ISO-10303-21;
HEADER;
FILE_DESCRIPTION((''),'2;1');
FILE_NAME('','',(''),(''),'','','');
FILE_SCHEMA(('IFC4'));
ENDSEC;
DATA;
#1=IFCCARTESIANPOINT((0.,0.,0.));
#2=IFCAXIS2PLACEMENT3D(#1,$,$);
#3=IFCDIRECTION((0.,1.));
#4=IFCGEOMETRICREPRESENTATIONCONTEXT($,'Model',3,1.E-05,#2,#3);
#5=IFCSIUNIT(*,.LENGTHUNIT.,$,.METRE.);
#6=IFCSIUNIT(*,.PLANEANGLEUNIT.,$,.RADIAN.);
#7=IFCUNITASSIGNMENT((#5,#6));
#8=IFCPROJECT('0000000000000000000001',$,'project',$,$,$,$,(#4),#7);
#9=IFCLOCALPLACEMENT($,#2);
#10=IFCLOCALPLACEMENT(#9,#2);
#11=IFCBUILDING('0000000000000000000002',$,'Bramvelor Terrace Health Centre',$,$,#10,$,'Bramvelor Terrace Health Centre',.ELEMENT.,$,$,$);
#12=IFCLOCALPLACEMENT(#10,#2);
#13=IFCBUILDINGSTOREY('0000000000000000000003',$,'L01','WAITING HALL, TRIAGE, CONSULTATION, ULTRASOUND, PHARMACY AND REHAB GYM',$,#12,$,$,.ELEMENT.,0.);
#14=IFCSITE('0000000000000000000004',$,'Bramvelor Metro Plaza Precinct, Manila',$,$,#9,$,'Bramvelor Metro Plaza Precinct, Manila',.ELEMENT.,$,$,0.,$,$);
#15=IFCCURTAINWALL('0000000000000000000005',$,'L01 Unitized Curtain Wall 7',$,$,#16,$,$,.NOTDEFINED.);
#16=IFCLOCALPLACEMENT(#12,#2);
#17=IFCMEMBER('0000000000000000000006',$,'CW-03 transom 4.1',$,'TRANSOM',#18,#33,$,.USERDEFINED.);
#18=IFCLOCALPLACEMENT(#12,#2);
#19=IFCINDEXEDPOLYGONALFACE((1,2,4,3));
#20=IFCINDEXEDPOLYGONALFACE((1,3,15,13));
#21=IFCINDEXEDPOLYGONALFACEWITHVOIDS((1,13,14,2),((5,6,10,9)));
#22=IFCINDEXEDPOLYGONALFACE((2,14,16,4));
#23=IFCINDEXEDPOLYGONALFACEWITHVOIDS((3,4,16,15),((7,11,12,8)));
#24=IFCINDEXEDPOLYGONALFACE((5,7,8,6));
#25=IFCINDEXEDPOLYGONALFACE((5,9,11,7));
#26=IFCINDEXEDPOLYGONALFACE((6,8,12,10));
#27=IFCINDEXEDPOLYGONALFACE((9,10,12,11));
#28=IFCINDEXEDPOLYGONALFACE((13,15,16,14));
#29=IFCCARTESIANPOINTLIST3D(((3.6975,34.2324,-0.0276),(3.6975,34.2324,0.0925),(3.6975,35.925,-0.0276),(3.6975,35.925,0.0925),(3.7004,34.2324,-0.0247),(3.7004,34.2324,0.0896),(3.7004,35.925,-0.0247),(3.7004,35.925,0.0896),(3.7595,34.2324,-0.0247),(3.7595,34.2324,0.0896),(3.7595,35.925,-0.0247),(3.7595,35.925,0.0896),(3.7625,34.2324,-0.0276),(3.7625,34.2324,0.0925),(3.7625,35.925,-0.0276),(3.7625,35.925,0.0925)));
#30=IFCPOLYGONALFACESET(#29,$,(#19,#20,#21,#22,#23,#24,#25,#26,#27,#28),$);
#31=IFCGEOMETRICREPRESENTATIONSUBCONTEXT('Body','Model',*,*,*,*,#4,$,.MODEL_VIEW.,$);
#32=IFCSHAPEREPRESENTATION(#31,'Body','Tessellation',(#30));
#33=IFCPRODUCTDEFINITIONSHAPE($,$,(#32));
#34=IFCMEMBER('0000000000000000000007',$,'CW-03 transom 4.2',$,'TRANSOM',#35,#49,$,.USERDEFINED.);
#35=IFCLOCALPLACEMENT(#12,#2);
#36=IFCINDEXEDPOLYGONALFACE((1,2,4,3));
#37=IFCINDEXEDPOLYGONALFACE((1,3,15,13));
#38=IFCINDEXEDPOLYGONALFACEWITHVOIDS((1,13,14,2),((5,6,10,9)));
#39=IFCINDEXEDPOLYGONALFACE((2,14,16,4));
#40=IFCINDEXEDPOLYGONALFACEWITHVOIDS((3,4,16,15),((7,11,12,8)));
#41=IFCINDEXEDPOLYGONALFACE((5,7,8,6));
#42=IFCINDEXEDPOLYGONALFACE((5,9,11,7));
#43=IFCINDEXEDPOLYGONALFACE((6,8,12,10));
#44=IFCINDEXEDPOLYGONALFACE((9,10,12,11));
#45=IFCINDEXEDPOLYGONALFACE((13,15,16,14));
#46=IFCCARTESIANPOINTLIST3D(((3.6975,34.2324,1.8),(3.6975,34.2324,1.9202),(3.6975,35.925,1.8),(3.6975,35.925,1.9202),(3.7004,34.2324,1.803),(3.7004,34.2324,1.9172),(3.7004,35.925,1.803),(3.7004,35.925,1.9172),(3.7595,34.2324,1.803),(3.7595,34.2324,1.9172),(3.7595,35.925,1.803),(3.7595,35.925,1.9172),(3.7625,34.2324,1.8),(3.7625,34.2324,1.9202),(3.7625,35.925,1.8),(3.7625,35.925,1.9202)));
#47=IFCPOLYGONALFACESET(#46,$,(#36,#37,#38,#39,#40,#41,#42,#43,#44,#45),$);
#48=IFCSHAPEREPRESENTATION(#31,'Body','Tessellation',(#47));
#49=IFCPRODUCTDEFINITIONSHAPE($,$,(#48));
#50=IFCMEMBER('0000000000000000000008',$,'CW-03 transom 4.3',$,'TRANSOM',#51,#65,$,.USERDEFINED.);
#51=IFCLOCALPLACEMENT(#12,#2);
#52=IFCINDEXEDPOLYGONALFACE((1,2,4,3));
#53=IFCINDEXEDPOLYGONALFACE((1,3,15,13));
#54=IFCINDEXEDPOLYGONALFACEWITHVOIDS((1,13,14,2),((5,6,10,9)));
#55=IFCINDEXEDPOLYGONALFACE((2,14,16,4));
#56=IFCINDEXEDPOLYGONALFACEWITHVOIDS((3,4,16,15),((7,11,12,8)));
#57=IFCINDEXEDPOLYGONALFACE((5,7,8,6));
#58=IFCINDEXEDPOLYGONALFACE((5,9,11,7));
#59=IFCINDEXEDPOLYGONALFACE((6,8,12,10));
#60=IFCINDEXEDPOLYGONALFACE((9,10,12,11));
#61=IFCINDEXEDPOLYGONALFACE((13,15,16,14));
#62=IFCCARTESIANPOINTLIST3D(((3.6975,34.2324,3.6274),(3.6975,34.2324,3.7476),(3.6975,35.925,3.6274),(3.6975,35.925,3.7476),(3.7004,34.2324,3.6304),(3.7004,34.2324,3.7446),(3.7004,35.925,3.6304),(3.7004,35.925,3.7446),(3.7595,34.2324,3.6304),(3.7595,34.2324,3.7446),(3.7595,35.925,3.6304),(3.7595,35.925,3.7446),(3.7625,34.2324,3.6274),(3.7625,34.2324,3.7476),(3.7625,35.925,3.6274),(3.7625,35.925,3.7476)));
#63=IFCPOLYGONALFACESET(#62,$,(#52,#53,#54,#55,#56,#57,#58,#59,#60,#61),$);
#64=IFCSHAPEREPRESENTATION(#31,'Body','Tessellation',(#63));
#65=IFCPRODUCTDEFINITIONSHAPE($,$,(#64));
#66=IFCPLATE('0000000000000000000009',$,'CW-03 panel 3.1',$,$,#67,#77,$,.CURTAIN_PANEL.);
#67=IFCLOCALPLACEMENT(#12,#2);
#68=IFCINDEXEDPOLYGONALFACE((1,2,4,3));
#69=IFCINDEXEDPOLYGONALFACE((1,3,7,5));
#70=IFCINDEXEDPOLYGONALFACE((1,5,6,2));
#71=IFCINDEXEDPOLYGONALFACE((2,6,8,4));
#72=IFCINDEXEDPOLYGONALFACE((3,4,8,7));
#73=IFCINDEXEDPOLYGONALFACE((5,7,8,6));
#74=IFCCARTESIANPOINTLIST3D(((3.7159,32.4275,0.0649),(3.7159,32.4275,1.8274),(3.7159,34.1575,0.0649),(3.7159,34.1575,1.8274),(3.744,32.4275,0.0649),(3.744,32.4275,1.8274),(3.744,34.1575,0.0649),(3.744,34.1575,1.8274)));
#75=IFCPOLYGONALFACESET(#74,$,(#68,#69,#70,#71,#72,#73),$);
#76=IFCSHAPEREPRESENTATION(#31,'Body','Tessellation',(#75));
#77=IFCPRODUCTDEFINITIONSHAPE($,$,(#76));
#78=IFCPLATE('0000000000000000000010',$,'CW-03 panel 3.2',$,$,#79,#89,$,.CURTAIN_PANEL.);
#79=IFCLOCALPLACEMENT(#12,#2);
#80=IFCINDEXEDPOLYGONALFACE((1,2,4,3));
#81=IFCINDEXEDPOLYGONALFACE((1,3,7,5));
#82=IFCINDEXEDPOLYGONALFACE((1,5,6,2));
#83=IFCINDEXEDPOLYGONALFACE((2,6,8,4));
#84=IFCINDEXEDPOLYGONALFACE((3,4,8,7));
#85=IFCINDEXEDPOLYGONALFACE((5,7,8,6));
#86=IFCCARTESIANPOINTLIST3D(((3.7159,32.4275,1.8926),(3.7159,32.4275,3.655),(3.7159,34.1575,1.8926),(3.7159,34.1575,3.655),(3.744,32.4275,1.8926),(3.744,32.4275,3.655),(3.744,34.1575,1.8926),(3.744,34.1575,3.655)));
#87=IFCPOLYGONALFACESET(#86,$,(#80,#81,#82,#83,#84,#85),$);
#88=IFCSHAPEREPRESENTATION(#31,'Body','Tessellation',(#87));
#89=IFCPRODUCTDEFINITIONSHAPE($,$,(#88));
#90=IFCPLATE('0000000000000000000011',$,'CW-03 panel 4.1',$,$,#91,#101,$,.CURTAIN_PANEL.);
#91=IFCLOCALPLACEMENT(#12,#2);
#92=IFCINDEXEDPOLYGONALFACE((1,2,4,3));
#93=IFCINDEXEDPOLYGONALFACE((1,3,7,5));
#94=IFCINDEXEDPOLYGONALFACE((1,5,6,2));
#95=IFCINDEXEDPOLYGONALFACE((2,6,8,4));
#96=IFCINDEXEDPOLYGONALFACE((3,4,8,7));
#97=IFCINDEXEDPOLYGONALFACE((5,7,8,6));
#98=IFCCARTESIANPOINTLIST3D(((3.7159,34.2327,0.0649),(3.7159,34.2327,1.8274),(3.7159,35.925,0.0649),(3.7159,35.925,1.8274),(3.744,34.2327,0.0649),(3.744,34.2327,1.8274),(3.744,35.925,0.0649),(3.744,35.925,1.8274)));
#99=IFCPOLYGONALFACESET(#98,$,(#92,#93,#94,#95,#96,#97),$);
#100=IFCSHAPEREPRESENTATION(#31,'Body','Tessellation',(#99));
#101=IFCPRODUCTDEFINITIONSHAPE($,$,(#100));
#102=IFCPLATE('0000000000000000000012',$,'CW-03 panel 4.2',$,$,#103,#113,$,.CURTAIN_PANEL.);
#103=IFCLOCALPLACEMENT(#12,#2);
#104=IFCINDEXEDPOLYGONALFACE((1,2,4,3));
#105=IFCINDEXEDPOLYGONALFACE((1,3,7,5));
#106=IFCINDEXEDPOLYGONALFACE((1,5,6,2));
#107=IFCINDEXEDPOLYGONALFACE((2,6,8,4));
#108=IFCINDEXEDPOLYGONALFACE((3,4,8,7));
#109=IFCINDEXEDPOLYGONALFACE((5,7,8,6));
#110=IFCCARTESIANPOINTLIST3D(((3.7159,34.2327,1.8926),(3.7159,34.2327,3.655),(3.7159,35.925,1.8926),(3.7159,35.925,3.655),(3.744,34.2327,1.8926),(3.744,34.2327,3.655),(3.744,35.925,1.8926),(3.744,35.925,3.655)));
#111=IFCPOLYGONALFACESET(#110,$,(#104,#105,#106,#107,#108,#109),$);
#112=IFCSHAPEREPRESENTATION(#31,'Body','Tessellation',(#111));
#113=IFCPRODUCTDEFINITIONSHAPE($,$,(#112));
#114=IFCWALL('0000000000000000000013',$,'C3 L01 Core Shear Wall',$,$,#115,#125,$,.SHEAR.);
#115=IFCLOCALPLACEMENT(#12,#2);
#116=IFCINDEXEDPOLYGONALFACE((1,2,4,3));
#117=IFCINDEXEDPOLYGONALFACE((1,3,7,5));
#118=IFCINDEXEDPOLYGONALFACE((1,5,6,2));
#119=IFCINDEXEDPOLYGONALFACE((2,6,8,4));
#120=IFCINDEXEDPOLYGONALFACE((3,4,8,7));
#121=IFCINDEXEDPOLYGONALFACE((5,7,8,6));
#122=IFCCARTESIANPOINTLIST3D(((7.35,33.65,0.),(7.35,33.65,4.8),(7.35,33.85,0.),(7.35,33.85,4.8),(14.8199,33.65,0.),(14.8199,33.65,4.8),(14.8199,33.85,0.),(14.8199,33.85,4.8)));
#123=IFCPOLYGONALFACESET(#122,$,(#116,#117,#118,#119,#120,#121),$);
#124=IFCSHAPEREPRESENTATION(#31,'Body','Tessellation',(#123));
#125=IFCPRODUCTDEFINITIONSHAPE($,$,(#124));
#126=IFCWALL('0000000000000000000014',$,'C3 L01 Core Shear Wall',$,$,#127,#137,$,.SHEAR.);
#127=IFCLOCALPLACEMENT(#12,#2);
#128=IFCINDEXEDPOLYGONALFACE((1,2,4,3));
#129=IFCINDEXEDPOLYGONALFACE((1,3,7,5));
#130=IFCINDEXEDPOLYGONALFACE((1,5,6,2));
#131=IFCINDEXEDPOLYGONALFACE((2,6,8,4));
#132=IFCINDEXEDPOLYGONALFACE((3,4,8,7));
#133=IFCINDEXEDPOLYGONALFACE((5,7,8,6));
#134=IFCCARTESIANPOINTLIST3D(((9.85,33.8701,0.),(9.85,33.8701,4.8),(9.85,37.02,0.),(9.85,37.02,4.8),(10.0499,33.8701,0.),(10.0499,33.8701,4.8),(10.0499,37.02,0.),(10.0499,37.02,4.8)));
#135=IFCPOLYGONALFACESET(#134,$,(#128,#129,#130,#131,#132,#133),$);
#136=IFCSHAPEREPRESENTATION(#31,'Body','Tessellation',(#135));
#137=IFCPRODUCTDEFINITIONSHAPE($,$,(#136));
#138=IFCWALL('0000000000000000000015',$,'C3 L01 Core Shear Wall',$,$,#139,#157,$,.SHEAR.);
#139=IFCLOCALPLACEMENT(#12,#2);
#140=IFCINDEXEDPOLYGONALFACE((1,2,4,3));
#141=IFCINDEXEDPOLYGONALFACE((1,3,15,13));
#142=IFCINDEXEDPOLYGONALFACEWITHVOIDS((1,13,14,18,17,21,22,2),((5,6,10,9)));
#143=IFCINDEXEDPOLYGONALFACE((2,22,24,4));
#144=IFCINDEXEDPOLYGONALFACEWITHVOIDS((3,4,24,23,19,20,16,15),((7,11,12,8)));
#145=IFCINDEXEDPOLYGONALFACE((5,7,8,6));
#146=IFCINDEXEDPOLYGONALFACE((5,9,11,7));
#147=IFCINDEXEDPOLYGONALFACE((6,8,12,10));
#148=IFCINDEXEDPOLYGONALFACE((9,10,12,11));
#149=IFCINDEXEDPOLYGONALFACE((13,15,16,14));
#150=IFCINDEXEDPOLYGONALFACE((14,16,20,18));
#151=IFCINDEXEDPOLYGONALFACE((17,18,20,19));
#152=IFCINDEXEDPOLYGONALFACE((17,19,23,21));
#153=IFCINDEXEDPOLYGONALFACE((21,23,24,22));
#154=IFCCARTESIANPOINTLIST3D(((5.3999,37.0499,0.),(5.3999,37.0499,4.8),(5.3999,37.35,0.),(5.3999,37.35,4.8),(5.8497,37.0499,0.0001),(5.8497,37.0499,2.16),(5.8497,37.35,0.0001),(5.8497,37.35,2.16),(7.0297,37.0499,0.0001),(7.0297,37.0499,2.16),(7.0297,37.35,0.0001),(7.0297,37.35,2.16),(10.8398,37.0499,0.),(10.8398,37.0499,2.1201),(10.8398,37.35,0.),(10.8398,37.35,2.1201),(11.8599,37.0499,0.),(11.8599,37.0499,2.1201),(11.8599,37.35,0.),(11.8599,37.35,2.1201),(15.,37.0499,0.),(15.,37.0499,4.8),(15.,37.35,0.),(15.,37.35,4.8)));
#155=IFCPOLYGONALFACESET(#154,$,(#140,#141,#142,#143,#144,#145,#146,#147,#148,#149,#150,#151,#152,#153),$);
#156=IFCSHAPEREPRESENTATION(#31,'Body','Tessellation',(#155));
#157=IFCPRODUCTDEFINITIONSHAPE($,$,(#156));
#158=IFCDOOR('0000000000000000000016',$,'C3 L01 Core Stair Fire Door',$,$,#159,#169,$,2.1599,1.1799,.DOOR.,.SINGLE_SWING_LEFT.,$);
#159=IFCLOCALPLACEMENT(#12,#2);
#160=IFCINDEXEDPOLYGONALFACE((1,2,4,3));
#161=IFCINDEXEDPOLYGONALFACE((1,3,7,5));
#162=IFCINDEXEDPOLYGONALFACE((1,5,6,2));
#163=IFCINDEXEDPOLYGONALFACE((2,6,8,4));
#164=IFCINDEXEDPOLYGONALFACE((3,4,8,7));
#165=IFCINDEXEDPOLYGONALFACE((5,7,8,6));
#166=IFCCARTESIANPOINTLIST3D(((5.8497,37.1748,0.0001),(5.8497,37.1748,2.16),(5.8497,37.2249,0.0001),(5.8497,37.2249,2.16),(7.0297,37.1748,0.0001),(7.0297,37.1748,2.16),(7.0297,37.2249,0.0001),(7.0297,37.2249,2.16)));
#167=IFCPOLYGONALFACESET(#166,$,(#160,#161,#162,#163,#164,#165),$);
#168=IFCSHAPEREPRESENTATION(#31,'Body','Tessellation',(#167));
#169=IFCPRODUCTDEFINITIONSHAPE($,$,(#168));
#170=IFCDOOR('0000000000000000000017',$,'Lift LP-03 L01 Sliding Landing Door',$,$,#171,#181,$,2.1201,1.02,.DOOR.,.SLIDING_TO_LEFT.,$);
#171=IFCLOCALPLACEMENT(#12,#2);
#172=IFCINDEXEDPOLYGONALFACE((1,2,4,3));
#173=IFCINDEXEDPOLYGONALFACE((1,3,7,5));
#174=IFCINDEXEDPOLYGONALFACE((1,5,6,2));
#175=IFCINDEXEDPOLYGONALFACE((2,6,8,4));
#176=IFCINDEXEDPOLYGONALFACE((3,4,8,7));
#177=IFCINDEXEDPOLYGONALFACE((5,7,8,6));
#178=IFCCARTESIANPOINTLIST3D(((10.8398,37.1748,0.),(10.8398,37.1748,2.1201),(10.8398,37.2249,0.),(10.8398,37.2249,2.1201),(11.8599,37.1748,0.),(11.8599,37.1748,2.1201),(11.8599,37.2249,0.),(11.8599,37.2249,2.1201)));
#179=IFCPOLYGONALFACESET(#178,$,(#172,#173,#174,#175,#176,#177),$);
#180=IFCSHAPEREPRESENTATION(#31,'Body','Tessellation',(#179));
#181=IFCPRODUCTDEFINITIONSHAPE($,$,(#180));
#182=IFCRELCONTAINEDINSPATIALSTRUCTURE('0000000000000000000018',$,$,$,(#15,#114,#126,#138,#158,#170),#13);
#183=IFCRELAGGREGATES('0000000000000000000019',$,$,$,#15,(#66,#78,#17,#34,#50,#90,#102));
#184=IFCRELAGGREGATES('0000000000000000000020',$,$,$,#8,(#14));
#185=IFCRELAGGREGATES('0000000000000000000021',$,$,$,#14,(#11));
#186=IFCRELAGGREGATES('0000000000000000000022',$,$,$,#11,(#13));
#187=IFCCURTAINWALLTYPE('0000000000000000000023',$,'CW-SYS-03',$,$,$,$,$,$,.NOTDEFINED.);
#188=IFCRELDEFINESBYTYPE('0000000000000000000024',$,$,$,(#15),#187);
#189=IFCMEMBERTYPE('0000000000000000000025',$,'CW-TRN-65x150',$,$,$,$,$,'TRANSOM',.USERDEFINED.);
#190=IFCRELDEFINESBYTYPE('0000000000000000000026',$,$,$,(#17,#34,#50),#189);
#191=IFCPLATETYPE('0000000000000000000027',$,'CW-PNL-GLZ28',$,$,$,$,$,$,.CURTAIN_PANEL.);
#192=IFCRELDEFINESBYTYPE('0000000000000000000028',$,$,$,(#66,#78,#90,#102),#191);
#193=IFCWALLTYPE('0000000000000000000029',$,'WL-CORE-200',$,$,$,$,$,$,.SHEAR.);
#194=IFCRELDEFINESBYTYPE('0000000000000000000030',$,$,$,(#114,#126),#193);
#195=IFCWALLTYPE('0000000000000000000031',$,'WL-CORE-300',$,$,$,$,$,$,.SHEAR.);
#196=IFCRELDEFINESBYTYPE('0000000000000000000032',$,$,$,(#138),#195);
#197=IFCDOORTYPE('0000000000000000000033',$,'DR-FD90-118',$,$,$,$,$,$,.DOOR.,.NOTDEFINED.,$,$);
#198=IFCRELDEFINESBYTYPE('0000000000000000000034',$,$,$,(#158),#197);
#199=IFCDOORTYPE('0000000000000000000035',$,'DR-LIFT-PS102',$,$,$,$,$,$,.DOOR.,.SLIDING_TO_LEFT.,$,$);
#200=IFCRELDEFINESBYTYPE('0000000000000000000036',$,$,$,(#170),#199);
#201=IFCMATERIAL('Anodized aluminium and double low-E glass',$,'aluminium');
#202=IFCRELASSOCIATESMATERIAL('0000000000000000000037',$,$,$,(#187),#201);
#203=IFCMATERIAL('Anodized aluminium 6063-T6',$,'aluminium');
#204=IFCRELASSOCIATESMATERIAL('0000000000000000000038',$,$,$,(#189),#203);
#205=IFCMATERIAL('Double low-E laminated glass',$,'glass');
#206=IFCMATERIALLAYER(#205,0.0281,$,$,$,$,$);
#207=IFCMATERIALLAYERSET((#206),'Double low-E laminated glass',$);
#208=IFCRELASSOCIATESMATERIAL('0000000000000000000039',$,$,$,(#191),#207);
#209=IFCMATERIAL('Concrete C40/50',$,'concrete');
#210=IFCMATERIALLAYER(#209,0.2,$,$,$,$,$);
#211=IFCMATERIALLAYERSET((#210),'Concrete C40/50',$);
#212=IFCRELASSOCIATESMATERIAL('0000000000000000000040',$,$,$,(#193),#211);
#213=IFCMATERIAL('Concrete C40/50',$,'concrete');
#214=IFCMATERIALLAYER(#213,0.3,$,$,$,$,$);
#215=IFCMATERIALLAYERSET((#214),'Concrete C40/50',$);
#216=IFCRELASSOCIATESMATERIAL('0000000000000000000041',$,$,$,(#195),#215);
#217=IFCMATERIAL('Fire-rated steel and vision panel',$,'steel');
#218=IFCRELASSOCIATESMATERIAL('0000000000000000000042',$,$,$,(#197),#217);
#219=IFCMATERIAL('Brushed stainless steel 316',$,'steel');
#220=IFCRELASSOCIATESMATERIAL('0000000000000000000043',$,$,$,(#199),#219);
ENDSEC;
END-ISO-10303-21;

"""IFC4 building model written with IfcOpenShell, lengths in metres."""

from ifc_helpers import new_model, si_unit, direction, frame, frame_2d, origin, origin_2d, place, context, subcontext, project, spatial, rectangle, hollow_rectangle, extrude, material, layer, layer_set, material_profile, profile_set, type_object, element, fill, aggregate, save


model = new_model("IFC4")

# Units and contexts
model_context = context("Model", 3, precision=1e-05, world=origin(), true_north=direction((0.0, 1.0)))
body_context = subcontext(model_context, "Body", "Model", "MODEL_VIEW")
ifc_project = project(units=[si_unit("LENGTHUNIT", "METRE"), si_unit("PLANEANGLEUNIT", "RADIAN")], contexts=[model_context])

# Site, building, storey
site_placement = place(None, origin())
site = spatial("IfcSite", under=ifc_project, at=site_placement, Name="Bramvelor Metro Plaza Precinct, Manila", LongName="Bramvelor Metro Plaza Precinct, Manila", CompositionType="ELEMENT", RefElevation=0.0)
building_placement = place(site_placement, origin())
building = spatial("IfcBuilding", under=site, at=building_placement, Name="Bramvelor Terrace Health Centre", LongName="Bramvelor Terrace Health Centre", CompositionType="ELEMENT")
storey_placement = place(building_placement, origin())
storey = spatial("IfcBuildingStorey", under=building, at=storey_placement, Name="L01", Description="WAITING HALL, TRIAGE, CONSULTATION, ULTRASOUND, PHARMACY AND REHAB GYM", CompositionType="ELEMENT", Elevation=0.0)

# Curtain wall, members, plates
ifc_material_1 = material(Name="Anodized aluminium and double low-E glass", Category="aluminium")
curtain_wall_type = type_object("IfcCurtainWallType", Name="CW-SYS-03", PredefinedType="NOTDEFINED", material=ifc_material_1)
curtain_wall_placement = place(storey_placement, origin())
curtain_wall = element("IfcCurtainWall", 1, at=curtain_wall_placement, inside=storey, type_object=curtain_wall_type, Name="L01 Unitized Curtain Wall 7", PredefinedType="NOTDEFINED")
ifc_material_2 = material(Name="Anodized aluminium 6063-T6", Category="aluminium")
ifc_material_profile_1 = material_profile(ifc_material_2, hollow_rectangle(XDim=0.0649, YDim=0.1201, WallThickness=0.0029, at=origin_2d()), Name="ALU-TRN 65x120x3.0")
ifc_profile_set_1 = profile_set([ifc_material_profile_1], Name="Anodized aluminium 6063-T6")
member_type_1 = type_object("IfcMemberType", Name="CW-TRN-65x150", ElementType="TRANSOM", PredefinedType="USERDEFINED", material=ifc_profile_set_1)
member_1_placement = place(storey_placement, frame((3.73, 34.2324, 0.0325), z_axis=(0.0, 1.0, 0.0), x_axis=(-1.0, 0.0, 0.0)))
member_1 = element("IfcMember", 2, at=member_1_placement, type_object=member_type_1, Name="CW-03 transom 4.1", ObjectType="TRANSOM", PredefinedType="USERDEFINED", context=body_context, shape_type="SweptSolid", body=[
    extrude(hollow_rectangle(XDim=0.0649, YDim=0.1201, WallThickness=0.0029, at=origin_2d()), origin(), (0.0, 0.0, 1.0), 1.6926),
])
member_2_placement = place(storey_placement, frame((3.73, 34.2324, 1.8601), z_axis=(0.0, 1.0, 0.0), x_axis=(-1.0, 0.0, 0.0)))
member_2 = element("IfcMember", 3, at=member_2_placement, type_object=member_type_1, Name="CW-03 transom 4.2", ObjectType="TRANSOM", PredefinedType="USERDEFINED", context=body_context, shape_type="SweptSolid", body=[
    extrude(hollow_rectangle(XDim=0.0649, YDim=0.1201, WallThickness=0.0029, at=origin_2d()), origin(), (0.0, 0.0, 1.0), 1.6926),
])
member_3_placement = place(storey_placement, frame((3.73, 34.2324, 3.6875), z_axis=(0.0, 1.0, 0.0), x_axis=(-1.0, 0.0, 0.0)))
member_3 = element("IfcMember", 4, at=member_3_placement, type_object=member_type_1, Name="CW-03 transom 4.3", ObjectType="TRANSOM", PredefinedType="USERDEFINED", context=body_context, shape_type="SweptSolid", body=[
    extrude(hollow_rectangle(XDim=0.0649, YDim=0.1201, WallThickness=0.0029, at=origin_2d()), origin(), (0.0, 0.0, 1.0), 1.6926),
])
ifc_material_3 = material(Name="Double low-E laminated glass", Category="glass")
ifc_layer_1 = layer(ifc_material_3, 0.0281)
ifc_layer_set_1 = layer_set([ifc_layer_1], Name="Double low-E laminated glass")
plate_type = type_object("IfcPlateType", Name="CW-PNL-GLZ28", PredefinedType="CURTAIN_PANEL", material=ifc_layer_set_1)
plate_1_placement = place(storey_placement, frame((3.73, 33.2925, 0.0649), z_axis=(0.0, 0.0, 1.0), x_axis=(0.0, 1.0, 0.0)))
plate_1 = element("IfcPlate", 5, at=plate_1_placement, type_object=plate_type, Name="CW-03 panel 3.1", PredefinedType="CURTAIN_PANEL", context=body_context, shape_type="SweptSolid", body=[
    extrude(rectangle(XDim=1.73, YDim=0.0281, at=origin_2d()), origin(), (0.0, 0.0, 1.0), 1.7625),
])
plate_2_placement = place(storey_placement, frame((3.73, 33.2925, 1.8926), z_axis=(0.0, 0.0, 1.0), x_axis=(0.0, 1.0, 0.0)))
plate_2 = element("IfcPlate", 6, at=plate_2_placement, type_object=plate_type, Name="CW-03 panel 3.2", PredefinedType="CURTAIN_PANEL", context=body_context, shape_type="SweptSolid", body=[
    extrude(rectangle(XDim=1.73, YDim=0.0281, at=origin_2d()), origin(), (0.0, 0.0, 1.0), 1.7625),
])
plate_3_placement = place(storey_placement, frame((3.73, 35.0789, 0.0649), z_axis=(0.0, 0.0, 1.0), x_axis=(0.0, 1.0, 0.0)))
plate_3 = element("IfcPlate", 7, at=plate_3_placement, type_object=plate_type, Name="CW-03 panel 4.1", PredefinedType="CURTAIN_PANEL", context=body_context, shape_type="SweptSolid", body=[
    extrude(rectangle(XDim=1.6924, YDim=0.0281, at=origin_2d()), origin(), (0.0, 0.0, 1.0), 1.7625),
])
plate_4_placement = place(storey_placement, frame((3.73, 35.0789, 1.8926), z_axis=(0.0, 0.0, 1.0), x_axis=(0.0, 1.0, 0.0)))
plate_4 = element("IfcPlate", 8, at=plate_4_placement, type_object=plate_type, Name="CW-03 panel 4.2", PredefinedType="CURTAIN_PANEL", context=body_context, shape_type="SweptSolid", body=[
    extrude(rectangle(XDim=1.6924, YDim=0.0281, at=origin_2d()), origin(), (0.0, 0.0, 1.0), 1.7625),
])
aggregate(curtain_wall, [plate_1, plate_2, member_1, member_2, member_3, plate_3, plate_4])

# Walls
ifc_material_4 = material(Name="Concrete C40/50", Category="concrete")
ifc_layer_2 = layer(ifc_material_4, 0.2)
ifc_layer_set_2 = layer_set([ifc_layer_2], Name="Concrete C40/50")
wall_type_1 = type_object("IfcWallType", Name="WL-CORE-200", PredefinedType="SHEAR", material=ifc_layer_set_2)
wall_1_placement = place(storey_placement, frame((7.3501, 33.75, 0.0), z_axis=(0.0, 0.0, 1.0), x_axis=(1.0, 0.0, 0.0)))
element("IfcWall", 9, at=wall_1_placement, inside=storey, type_object=wall_type_1, Name="C3 L01 Core Shear Wall", PredefinedType="SHEAR", context=body_context, shape_type="SweptSolid", body=[
    extrude(rectangle(XDim=7.47, YDim=0.2, at=frame_2d((3.7349, 0.0))), origin(), (0.0, 0.0, 1.0), 4.8),
])
wall_2_placement = place(storey_placement, frame((9.95, 33.8701, 0.0), z_axis=(0.0, 0.0, 1.0), x_axis=(0.0, 1.0, 0.0)))
element("IfcWall", 10, at=wall_2_placement, inside=storey, type_object=wall_type_1, Name="C3 L01 Core Shear Wall", PredefinedType="SHEAR", context=body_context, shape_type="SweptSolid", body=[
    extrude(rectangle(XDim=3.1499, YDim=0.2, at=frame_2d((1.575, 0.0))), origin(), (0.0, 0.0, 1.0), 4.8),
])

# Wall, openings, doors
ifc_material_5 = material(Name="Concrete C40/50", Category="concrete")
ifc_layer_3 = layer(ifc_material_5, 0.3)
ifc_layer_set_3 = layer_set([ifc_layer_3], Name="Concrete C40/50")
wall_type_2 = type_object("IfcWallType", Name="WL-CORE-300", PredefinedType="SHEAR", material=ifc_layer_set_3)
wall_3_placement = place(storey_placement, frame((5.3999, 37.2, 0.0), z_axis=(0.0, 0.0, 1.0), x_axis=(1.0, 0.0, 0.0)))
wall_3 = element("IfcWall", 11, at=wall_3_placement, inside=storey, type_object=wall_type_2, Name="C3 L01 Core Shear Wall", PredefinedType="SHEAR", context=body_context, shape_type="SweptSolid", body=[
    extrude(rectangle(XDim=9.6001, YDim=0.3, at=frame_2d((4.8, 0.0))), origin(), (0.0, 0.0, 1.0), 4.8),
])
opening_1_placement = place(wall_3_placement, frame((0.45, 0.0, 0.0)))
opening_1 = element("IfcOpeningElement", 12, at=opening_1_placement, cuts=wall_3, PredefinedType="OPENING", context=body_context, shape_type="SweptSolid", body=[
    extrude(rectangle(XDim=1.1799, YDim=2.1599, at=frame_2d((0.5898, 1.0801))), frame((0.0, 0.1599, 0.0), z_axis=(0.0, -1.0, 0.0), x_axis=(1.0, 0.0, 0.0)), (0.0, 0.0, 1.0), 0.3201),
])
opening_2_placement = place(wall_3_placement, frame((5.4399, 0.0, 0.0)))
opening_2 = element("IfcOpeningElement", 13, at=opening_2_placement, cuts=wall_3, PredefinedType="OPENING", context=body_context, shape_type="SweptSolid", body=[
    extrude(rectangle(XDim=1.02, YDim=2.1201, at=frame_2d((0.51, 1.0601))), frame((0.0, 0.1599, 0.0), z_axis=(0.0, -1.0, 0.0), x_axis=(1.0, 0.0, 0.0)), (0.0, 0.0, 1.0), 0.3201),
])
ifc_material_6 = material(Name="Fire-rated steel and vision panel", Category="steel")
door_type_1 = type_object("IfcDoorType", Name="DR-FD90-118", OperationType="NOTDEFINED", PredefinedType="DOOR", material=ifc_material_6)
door_1_placement = place(opening_1_placement, origin())
door_1 = element("IfcDoor", 14, at=door_1_placement, inside=storey, type_object=door_type_1, Name="C3 L01 Core Stair Fire Door", OperationType="SINGLE_SWING_LEFT", OverallHeight=2.1599, OverallWidth=1.1799, PredefinedType="DOOR", context=body_context, shape_type="SweptSolid", body=[
    extrude(rectangle(XDim=1.1799, YDim=2.1599, at=frame_2d((0.5898, 1.0801))), frame((0.0, 0.0249, 0.0), z_axis=(0.0, -1.0, 0.0), x_axis=(1.0, 0.0, 0.0)), (0.0, 0.0, 1.0), 0.05),
])
fill(opening_1, door_1)
ifc_material_7 = material(Name="Brushed stainless steel 316", Category="steel")
door_type_2 = type_object("IfcDoorType", Name="DR-LIFT-PS102", OperationType="SLIDING_TO_LEFT", PredefinedType="DOOR", material=ifc_material_7)
door_2_placement = place(opening_2_placement, origin())
door_2 = element("IfcDoor", 15, at=door_2_placement, inside=storey, type_object=door_type_2, Name="Lift LP-03 L01 Sliding Landing Door", OperationType="SLIDING_TO_LEFT", OverallHeight=2.1201, OverallWidth=1.02, PredefinedType="DOOR", context=body_context, shape_type="SweptSolid", body=[
    extrude(rectangle(XDim=1.02, YDim=2.1201, at=frame_2d((0.51, 1.0601))), frame((0.0, 0.0249, 0.0), z_axis=(0.0, -1.0, 0.0), x_axis=(1.0, 0.0, 0.0)), (0.0, 0.0, 1.0), 0.05),
])
fill(opening_2, door_2)

save(model, "model.ifc")
